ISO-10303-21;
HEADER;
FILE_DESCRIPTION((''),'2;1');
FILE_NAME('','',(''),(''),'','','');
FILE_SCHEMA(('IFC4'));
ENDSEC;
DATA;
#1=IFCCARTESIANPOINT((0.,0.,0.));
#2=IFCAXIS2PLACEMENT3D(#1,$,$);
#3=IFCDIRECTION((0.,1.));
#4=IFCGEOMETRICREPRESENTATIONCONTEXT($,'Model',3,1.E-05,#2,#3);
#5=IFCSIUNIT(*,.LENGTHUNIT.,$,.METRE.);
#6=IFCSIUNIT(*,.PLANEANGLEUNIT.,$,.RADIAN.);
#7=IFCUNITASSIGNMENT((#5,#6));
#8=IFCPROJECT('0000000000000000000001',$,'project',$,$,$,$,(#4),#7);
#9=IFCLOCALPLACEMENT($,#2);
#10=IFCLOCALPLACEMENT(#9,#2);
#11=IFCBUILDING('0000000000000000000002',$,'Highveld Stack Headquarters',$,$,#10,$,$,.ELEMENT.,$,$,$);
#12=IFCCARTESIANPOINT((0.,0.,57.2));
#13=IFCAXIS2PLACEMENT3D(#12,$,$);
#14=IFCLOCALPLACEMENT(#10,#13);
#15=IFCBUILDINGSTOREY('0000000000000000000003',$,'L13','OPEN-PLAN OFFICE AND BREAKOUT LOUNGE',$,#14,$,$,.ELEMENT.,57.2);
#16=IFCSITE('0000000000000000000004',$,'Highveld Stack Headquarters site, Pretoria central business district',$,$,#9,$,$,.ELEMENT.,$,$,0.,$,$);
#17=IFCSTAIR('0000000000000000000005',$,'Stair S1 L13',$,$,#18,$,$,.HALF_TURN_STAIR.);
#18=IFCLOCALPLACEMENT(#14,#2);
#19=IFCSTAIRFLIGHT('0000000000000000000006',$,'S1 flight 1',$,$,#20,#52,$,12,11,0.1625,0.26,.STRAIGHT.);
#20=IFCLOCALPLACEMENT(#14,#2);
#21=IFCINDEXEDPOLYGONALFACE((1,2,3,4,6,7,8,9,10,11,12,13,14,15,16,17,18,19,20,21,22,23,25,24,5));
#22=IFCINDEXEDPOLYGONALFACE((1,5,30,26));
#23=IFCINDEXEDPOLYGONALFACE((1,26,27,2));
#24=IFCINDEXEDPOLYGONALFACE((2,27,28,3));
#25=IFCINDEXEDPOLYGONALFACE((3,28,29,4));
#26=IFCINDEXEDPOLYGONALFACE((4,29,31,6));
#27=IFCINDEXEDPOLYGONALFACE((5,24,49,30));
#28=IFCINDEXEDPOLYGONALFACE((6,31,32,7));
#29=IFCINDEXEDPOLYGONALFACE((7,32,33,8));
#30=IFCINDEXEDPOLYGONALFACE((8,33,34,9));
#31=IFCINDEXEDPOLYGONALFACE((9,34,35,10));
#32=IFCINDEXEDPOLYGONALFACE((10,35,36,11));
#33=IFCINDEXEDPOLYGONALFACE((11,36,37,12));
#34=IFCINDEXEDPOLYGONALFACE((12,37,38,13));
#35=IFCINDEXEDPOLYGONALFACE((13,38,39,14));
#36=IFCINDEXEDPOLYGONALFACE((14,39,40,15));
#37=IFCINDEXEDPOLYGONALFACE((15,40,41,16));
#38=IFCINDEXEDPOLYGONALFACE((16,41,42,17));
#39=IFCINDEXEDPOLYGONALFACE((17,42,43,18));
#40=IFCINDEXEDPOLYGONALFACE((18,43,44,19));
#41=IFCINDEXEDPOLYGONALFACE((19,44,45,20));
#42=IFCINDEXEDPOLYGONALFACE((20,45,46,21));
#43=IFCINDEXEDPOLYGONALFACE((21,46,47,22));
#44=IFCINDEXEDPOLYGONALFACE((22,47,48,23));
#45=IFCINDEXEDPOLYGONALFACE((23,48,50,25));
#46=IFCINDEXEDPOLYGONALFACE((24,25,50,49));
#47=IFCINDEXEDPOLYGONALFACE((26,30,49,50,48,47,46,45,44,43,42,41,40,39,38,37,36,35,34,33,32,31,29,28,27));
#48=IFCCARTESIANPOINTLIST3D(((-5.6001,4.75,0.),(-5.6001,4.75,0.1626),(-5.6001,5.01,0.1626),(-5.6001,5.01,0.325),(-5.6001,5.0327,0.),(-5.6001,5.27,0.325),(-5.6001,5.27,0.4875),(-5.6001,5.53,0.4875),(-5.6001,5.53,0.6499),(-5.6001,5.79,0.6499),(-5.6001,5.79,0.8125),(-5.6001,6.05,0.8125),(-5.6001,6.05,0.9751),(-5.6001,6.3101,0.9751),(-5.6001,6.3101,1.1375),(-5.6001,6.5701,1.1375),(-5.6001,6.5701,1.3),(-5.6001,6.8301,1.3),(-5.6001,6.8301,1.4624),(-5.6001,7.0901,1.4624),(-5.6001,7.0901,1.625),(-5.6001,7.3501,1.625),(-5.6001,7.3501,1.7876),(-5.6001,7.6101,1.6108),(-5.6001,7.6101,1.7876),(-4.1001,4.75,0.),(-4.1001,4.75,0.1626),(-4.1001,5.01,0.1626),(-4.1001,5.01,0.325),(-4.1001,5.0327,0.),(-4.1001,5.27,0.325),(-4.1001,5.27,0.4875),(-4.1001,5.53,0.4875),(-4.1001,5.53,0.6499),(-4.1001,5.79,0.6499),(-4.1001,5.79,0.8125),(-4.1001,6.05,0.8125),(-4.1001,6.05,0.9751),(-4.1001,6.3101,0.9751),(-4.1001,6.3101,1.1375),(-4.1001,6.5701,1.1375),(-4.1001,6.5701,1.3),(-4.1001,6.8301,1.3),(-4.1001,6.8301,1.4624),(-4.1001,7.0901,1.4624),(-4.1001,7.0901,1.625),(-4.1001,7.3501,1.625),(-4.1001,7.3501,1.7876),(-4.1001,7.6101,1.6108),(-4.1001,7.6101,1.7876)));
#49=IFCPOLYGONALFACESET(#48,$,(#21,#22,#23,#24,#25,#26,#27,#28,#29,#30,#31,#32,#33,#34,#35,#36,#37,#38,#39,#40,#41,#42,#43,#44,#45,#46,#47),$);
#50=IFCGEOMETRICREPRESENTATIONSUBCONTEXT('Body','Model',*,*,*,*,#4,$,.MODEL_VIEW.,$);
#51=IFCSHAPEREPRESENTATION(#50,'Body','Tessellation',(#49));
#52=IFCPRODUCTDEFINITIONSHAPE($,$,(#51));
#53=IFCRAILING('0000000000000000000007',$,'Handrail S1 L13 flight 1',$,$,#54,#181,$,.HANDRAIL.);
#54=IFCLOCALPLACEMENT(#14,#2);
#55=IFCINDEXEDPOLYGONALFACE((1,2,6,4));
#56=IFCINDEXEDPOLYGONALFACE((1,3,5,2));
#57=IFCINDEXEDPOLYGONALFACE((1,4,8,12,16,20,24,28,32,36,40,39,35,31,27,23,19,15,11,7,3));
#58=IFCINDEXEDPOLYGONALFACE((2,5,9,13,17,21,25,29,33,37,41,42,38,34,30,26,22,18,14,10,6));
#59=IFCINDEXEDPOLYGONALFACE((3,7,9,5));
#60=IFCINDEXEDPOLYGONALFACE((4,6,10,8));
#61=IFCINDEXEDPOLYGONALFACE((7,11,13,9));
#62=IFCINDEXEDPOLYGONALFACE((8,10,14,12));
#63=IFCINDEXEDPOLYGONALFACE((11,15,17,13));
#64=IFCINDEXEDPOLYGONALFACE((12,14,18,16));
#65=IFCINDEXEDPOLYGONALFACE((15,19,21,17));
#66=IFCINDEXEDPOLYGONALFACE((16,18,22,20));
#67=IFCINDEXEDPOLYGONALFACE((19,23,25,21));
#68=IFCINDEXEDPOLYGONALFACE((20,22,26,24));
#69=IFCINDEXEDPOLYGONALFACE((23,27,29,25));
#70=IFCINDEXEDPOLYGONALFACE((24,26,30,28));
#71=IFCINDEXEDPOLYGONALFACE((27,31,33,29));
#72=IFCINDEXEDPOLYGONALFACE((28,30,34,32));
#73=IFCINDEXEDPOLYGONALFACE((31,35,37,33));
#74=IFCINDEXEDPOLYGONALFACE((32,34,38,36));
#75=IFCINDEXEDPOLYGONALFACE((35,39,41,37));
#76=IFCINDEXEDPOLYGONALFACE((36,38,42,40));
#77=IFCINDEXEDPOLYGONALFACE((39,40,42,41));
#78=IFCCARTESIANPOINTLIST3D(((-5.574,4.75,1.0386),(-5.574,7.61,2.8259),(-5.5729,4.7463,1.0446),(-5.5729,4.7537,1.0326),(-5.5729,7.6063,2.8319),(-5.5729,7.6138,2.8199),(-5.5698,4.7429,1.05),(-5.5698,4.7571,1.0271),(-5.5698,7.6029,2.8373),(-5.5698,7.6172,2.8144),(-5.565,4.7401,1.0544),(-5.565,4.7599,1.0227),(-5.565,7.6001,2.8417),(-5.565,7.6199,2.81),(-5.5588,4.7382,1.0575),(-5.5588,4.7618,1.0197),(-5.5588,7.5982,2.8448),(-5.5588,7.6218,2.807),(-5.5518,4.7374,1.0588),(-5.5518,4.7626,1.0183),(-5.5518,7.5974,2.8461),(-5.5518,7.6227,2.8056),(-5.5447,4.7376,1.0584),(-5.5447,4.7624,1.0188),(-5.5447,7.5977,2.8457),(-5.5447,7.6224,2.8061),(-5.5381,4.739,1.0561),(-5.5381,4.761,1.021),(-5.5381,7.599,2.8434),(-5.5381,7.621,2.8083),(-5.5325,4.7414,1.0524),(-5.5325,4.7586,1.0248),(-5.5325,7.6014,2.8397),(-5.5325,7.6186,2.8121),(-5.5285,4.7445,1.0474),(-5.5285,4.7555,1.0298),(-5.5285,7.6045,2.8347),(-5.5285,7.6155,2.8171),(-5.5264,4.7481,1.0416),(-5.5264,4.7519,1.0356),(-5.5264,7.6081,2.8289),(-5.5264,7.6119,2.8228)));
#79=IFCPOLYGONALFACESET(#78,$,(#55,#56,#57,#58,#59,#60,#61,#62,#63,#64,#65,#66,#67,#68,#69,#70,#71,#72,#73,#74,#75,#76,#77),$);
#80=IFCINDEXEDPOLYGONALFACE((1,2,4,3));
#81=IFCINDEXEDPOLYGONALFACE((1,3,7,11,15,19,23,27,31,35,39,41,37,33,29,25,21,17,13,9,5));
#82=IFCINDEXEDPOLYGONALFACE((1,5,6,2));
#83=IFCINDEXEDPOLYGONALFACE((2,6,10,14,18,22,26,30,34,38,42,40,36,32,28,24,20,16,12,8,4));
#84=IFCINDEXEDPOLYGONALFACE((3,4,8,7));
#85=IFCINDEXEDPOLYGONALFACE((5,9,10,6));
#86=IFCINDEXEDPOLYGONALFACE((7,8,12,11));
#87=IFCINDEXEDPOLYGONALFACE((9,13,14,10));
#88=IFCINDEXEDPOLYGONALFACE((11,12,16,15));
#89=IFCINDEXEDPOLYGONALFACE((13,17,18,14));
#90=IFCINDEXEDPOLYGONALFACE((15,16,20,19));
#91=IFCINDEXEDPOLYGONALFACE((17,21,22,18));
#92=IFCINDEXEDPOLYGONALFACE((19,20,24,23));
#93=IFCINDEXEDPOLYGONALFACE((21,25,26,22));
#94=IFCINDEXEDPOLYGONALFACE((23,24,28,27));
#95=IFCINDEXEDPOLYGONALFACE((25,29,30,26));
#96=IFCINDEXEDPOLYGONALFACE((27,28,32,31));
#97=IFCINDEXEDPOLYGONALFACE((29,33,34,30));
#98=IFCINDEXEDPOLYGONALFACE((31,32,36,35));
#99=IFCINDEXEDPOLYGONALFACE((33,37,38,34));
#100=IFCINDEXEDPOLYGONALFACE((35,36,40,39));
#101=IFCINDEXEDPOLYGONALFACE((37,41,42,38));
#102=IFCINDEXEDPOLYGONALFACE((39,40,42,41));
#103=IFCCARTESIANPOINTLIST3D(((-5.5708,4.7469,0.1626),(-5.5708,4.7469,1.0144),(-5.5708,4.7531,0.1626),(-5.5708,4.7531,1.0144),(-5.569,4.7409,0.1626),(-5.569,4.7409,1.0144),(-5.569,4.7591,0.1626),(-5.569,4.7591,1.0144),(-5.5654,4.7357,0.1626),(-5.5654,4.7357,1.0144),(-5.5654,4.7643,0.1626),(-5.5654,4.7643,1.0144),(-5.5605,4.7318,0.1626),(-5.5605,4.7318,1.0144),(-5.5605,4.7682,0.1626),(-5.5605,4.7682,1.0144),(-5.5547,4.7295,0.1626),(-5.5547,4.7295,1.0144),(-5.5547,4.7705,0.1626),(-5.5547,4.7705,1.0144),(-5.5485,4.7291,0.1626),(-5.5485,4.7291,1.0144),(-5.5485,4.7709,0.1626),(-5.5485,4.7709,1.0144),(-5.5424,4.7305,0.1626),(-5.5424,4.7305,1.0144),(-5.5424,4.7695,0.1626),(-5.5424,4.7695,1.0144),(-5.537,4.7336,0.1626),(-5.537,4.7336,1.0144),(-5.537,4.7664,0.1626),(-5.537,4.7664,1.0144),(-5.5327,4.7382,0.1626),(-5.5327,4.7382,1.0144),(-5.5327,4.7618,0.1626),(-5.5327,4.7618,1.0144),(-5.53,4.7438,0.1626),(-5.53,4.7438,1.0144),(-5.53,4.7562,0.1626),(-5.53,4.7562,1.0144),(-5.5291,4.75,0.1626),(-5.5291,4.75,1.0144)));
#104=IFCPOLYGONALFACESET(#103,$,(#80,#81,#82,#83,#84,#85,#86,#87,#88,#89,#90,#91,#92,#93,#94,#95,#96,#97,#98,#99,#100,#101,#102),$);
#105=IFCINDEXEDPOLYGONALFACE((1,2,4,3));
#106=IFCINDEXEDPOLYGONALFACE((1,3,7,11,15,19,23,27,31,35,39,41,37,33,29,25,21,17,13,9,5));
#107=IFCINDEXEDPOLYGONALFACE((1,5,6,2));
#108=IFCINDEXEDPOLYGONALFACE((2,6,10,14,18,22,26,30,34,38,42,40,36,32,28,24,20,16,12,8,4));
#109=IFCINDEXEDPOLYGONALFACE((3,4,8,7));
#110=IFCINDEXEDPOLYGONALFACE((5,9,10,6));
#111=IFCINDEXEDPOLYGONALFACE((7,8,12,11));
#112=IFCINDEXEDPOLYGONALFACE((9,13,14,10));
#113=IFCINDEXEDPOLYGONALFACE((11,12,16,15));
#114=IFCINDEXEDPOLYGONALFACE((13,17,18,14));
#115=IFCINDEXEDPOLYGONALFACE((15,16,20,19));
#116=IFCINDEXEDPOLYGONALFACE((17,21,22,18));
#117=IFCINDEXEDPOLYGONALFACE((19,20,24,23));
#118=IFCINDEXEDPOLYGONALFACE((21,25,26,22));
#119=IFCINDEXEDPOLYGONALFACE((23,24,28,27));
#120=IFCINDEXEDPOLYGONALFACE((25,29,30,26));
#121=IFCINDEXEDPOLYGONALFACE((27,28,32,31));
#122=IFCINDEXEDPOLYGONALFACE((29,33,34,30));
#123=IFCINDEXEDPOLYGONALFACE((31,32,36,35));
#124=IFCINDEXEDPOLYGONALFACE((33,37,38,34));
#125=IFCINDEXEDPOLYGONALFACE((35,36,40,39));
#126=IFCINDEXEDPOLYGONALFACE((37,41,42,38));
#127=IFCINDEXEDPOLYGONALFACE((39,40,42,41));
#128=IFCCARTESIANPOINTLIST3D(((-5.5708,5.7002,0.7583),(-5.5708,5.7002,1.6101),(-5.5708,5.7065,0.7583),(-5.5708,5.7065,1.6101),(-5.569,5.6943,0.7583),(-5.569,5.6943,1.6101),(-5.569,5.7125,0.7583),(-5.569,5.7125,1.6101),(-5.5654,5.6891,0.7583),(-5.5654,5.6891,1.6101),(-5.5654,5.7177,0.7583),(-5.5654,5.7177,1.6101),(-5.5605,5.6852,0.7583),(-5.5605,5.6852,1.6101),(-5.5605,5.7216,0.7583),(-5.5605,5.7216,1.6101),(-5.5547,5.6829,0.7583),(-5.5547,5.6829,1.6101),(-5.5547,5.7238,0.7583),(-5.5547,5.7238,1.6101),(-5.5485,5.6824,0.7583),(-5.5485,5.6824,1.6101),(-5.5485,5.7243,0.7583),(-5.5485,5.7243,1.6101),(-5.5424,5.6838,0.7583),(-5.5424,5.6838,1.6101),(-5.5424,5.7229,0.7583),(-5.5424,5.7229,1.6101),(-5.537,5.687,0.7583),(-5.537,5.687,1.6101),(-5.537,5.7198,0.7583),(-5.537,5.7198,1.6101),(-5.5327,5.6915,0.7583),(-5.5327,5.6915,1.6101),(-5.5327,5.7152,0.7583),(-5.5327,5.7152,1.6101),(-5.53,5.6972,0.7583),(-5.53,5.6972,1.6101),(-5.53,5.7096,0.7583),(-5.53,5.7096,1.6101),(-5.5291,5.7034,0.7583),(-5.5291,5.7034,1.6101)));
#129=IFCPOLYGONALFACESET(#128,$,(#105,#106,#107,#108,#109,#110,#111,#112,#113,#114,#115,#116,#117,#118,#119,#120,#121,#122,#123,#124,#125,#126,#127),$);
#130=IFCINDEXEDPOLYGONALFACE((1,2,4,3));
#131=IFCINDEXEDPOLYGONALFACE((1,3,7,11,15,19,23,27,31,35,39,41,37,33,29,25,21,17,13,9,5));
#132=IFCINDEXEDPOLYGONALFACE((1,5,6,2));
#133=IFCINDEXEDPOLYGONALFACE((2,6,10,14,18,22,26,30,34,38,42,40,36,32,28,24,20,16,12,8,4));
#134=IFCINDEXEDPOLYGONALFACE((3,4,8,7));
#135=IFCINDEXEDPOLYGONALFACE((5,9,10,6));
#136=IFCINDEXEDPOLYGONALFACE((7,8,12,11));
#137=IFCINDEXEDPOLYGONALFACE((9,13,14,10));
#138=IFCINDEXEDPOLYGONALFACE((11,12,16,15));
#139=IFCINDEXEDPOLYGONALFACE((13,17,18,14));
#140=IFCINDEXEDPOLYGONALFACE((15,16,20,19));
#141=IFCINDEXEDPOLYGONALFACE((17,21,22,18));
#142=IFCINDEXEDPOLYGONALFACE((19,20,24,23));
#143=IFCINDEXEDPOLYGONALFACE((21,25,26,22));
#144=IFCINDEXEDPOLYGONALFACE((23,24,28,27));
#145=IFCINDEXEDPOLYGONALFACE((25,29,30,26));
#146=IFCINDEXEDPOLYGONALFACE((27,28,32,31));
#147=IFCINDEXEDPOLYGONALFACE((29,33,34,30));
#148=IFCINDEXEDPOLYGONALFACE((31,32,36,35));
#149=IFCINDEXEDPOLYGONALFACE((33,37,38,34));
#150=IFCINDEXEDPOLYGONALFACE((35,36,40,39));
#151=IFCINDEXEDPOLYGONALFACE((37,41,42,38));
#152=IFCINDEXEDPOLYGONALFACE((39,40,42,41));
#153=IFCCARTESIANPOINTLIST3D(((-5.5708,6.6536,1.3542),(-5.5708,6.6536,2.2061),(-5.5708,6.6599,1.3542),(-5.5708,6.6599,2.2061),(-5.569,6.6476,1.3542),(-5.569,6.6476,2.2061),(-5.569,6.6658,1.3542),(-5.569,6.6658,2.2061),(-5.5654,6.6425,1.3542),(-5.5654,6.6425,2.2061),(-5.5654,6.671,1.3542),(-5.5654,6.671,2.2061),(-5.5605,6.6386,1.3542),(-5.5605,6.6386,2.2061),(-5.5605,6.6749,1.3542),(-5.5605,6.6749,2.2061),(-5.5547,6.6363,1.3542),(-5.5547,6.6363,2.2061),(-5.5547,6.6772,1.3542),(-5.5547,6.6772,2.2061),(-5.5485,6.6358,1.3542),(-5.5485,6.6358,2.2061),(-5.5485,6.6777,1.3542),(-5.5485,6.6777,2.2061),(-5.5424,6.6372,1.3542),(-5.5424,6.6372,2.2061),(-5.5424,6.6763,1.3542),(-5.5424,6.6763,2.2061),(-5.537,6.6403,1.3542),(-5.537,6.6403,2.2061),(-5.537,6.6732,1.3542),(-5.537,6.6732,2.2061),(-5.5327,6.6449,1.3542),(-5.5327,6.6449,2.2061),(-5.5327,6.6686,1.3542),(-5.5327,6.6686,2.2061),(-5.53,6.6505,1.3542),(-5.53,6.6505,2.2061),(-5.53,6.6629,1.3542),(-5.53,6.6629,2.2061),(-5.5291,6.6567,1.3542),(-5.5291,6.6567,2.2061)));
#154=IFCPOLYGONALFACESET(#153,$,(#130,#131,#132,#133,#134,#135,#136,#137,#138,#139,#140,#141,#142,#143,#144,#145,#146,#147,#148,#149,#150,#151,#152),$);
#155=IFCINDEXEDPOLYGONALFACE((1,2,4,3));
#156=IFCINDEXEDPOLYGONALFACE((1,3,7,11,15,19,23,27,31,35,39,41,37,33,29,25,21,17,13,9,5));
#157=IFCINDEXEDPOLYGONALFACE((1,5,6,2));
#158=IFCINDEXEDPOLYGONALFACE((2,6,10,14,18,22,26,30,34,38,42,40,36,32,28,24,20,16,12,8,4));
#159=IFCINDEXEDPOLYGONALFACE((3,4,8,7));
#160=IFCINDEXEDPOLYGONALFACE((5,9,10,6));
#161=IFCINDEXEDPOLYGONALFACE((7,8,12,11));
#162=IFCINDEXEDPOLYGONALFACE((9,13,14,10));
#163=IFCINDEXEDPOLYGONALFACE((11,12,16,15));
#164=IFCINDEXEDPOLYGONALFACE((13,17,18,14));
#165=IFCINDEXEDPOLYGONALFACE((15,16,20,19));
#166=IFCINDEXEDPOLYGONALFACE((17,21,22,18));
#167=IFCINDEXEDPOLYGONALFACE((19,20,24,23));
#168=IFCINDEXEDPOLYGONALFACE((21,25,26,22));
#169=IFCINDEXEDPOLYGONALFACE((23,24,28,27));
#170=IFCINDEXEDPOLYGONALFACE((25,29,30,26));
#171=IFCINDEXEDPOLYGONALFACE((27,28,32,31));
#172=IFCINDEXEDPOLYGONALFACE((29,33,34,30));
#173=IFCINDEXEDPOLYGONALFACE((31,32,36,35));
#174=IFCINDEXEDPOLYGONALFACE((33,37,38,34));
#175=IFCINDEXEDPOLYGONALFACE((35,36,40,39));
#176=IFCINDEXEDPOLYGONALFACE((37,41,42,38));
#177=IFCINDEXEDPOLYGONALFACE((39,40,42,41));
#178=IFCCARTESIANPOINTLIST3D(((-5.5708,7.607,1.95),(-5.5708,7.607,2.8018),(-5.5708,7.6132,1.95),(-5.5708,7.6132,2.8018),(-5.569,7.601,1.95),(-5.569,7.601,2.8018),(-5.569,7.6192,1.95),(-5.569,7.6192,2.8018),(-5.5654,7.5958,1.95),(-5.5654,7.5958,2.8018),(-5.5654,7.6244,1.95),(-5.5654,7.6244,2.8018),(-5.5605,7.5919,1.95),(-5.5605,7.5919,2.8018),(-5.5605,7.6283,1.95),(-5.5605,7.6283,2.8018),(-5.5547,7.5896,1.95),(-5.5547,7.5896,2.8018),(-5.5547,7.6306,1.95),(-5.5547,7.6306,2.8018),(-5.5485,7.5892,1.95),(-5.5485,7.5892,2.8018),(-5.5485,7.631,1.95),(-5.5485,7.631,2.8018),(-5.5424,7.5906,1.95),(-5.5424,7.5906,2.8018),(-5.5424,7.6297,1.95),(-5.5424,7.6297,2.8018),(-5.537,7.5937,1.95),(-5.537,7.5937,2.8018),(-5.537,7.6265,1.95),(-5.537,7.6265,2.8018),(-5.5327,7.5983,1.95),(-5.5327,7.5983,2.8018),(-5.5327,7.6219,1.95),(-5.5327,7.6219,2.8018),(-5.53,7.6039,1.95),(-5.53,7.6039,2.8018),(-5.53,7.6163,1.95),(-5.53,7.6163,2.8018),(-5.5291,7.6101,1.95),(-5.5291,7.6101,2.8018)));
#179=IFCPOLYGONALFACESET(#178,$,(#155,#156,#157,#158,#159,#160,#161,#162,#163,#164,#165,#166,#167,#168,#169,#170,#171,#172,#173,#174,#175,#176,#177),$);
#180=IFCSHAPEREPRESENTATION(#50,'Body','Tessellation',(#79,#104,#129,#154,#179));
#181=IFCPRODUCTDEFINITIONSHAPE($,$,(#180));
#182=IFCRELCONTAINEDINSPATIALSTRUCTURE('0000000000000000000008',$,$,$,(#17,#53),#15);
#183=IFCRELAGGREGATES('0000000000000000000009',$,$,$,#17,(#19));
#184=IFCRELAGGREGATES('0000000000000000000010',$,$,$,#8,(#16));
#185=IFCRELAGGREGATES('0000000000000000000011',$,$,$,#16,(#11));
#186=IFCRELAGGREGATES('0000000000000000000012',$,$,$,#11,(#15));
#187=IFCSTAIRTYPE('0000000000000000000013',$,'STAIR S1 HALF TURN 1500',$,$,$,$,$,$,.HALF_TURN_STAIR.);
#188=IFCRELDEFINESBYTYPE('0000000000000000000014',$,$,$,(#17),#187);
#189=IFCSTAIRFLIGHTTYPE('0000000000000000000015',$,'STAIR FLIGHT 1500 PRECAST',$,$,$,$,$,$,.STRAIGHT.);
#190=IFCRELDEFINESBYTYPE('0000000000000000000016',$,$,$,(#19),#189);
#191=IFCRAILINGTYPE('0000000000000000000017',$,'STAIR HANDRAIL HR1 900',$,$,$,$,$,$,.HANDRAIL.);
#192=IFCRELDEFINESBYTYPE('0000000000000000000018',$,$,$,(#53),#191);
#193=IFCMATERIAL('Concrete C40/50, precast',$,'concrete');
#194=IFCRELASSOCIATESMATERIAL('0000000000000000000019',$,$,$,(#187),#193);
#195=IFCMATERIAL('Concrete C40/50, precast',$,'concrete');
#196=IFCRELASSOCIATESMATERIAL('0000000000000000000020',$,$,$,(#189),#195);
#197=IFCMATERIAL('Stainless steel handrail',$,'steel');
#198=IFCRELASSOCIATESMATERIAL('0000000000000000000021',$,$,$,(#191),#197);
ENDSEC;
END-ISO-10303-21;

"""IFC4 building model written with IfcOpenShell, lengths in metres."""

from ifc_helpers import new_model, si_unit, direction, frame, origin, origin_2d, place, context, subcontext, project, spatial, polyline, circle, outline, extrude, material, type_object, element, aggregate, save


model = new_model("IFC4")

# Units and contexts
model_context = context("Model", 3, precision=1e-05, world=origin(), true_north=direction((0.0, 1.0)))
body_context = subcontext(model_context, "Body", "Model", "MODEL_VIEW")
ifc_project = project(units=[si_unit("LENGTHUNIT", "METRE"), si_unit("PLANEANGLEUNIT", "RADIAN")], contexts=[model_context])

# Site, building, storey
site_placement = place(None, origin())
site = spatial("IfcSite", under=ifc_project, at=site_placement, Name="Highveld Stack Headquarters site, Pretoria central business district", CompositionType="ELEMENT", RefElevation=0.0)
building_placement = place(site_placement, origin())
building = spatial("IfcBuilding", under=site, at=building_placement, Name="Highveld Stack Headquarters", CompositionType="ELEMENT")
storey_placement = place(building_placement, frame((0.0, 0.0, 57.2)))
storey = spatial("IfcBuildingStorey", under=building, at=storey_placement, Name="L13", Description="OPEN-PLAN OFFICE AND BREAKOUT LOUNGE", CompositionType="ELEMENT", Elevation=57.2)

# Stair
ifc_material_1 = material(Name="Concrete C40/50, precast", Category="concrete")
stair_type_1 = type_object("IfcStairType", Name="STAIR S1 HALF TURN 1500", PredefinedType="HALF_TURN_STAIR", material=ifc_material_1)
stair_1_placement = place(storey_placement, origin())
stair_1 = element("IfcStair", 1, at=stair_1_placement, inside=storey, type_object=stair_type_1, Name="Stair S1 L13", PredefinedType="HALF_TURN_STAIR")

# Stair flight
ifc_material_2 = material(Name="Concrete C40/50, precast", Category="concrete")
stair_flight_type = type_object("IfcStairFlightType", Name="STAIR FLIGHT 1500 PRECAST", PredefinedType="STRAIGHT", material=ifc_material_2)
stair_flight_placement = place(storey_placement, frame((-4.8501, 4.75, 0.0), z_axis=(0.0, 0.0, 1.0), x_axis=(0.0, 1.0, 0.0)))
stair_flight = element("IfcStairFlight", 2, at=stair_flight_placement, type_object=stair_flight_type, Name="S1 flight 1", NumberOfRisers=12, NumberOfTreads=11, PredefinedType="STRAIGHT", RiserHeight=0.1625, TreadLength=0.26, context=body_context, shape_type="SweptSolid", body=[
    extrude(outline(polyline([(0.0, 0.0), (0.0, 0.1626), (0.26, 0.1626), (0.26, 0.325), (0.52, 0.325), (0.52, 0.4875), (0.78, 0.4875), (0.78, 0.6499), (1.04, 0.6499), (1.04, 0.8125), (1.3, 0.8125), (1.3, 0.9751), (1.5601, 0.9751), (1.5601, 1.1375), (1.8201, 1.1375), (1.8201, 1.3), (2.0801, 1.3), (2.0801, 1.4624), (2.3401, 1.4624), (2.3401, 1.625), (2.6001, 1.625), (2.6001, 1.7876), (2.8601, 1.7876), (2.8601, 1.95), (2.8601, 1.6108), (0.2827, 0.0), (0.0, 0.0)])), frame((0.0, 0.75, 0.0), z_axis=(0.0, -1.0, 0.0), x_axis=(1.0, 0.0, 0.0)), (0.0, 0.0, 1.0), 1.5),
])
aggregate(stair_1, [stair_flight])

# Railing
ifc_material_3 = material(Name="Stainless steel handrail", Category="steel")
railing_type = type_object("IfcRailingType", Name="STAIR HANDRAIL HR1 900", PredefinedType="HANDRAIL", material=ifc_material_3)
for number, where, name in (
    (3, (-5.55, 4.75, 0.1626), "Handrail S1 L13 flight 1"),
):
    element("IfcRailing", number, at=place(storey_placement, frame(where)), inside=storey, type_object=railing_type, Name=name, PredefinedType="HANDRAIL", context=body_context, shape_type="SweptSolid", body=[
        extrude(circle(Radius=0.0239, at=origin_2d()), frame((0.0, 0.0, 0.876), z_axis=(0.0, 0.848027, 0.529953), x_axis=(-1.0, 0.0, 0.0)), (0.0, 0.0, 1.0), 3.3726),
        extrude(circle(Radius=0.021, at=origin_2d()), origin(), (0.0, 0.0, 1.0), 0.8518),
        extrude(circle(Radius=0.021, at=origin_2d()), frame((0.0, 0.9534, 0.5957)), (0.0, 0.0, 1.0), 0.8518),
        extrude(circle(Radius=0.021, at=origin_2d()), frame((0.0, 1.9067, 1.1917)), (0.0, 0.0, 1.0), 0.8518),
        extrude(circle(Radius=0.021, at=origin_2d()), frame((0.0, 2.8601, 1.7874)), (0.0, 0.0, 1.0), 0.8518),
    ])

save(model, "model.ifc")
